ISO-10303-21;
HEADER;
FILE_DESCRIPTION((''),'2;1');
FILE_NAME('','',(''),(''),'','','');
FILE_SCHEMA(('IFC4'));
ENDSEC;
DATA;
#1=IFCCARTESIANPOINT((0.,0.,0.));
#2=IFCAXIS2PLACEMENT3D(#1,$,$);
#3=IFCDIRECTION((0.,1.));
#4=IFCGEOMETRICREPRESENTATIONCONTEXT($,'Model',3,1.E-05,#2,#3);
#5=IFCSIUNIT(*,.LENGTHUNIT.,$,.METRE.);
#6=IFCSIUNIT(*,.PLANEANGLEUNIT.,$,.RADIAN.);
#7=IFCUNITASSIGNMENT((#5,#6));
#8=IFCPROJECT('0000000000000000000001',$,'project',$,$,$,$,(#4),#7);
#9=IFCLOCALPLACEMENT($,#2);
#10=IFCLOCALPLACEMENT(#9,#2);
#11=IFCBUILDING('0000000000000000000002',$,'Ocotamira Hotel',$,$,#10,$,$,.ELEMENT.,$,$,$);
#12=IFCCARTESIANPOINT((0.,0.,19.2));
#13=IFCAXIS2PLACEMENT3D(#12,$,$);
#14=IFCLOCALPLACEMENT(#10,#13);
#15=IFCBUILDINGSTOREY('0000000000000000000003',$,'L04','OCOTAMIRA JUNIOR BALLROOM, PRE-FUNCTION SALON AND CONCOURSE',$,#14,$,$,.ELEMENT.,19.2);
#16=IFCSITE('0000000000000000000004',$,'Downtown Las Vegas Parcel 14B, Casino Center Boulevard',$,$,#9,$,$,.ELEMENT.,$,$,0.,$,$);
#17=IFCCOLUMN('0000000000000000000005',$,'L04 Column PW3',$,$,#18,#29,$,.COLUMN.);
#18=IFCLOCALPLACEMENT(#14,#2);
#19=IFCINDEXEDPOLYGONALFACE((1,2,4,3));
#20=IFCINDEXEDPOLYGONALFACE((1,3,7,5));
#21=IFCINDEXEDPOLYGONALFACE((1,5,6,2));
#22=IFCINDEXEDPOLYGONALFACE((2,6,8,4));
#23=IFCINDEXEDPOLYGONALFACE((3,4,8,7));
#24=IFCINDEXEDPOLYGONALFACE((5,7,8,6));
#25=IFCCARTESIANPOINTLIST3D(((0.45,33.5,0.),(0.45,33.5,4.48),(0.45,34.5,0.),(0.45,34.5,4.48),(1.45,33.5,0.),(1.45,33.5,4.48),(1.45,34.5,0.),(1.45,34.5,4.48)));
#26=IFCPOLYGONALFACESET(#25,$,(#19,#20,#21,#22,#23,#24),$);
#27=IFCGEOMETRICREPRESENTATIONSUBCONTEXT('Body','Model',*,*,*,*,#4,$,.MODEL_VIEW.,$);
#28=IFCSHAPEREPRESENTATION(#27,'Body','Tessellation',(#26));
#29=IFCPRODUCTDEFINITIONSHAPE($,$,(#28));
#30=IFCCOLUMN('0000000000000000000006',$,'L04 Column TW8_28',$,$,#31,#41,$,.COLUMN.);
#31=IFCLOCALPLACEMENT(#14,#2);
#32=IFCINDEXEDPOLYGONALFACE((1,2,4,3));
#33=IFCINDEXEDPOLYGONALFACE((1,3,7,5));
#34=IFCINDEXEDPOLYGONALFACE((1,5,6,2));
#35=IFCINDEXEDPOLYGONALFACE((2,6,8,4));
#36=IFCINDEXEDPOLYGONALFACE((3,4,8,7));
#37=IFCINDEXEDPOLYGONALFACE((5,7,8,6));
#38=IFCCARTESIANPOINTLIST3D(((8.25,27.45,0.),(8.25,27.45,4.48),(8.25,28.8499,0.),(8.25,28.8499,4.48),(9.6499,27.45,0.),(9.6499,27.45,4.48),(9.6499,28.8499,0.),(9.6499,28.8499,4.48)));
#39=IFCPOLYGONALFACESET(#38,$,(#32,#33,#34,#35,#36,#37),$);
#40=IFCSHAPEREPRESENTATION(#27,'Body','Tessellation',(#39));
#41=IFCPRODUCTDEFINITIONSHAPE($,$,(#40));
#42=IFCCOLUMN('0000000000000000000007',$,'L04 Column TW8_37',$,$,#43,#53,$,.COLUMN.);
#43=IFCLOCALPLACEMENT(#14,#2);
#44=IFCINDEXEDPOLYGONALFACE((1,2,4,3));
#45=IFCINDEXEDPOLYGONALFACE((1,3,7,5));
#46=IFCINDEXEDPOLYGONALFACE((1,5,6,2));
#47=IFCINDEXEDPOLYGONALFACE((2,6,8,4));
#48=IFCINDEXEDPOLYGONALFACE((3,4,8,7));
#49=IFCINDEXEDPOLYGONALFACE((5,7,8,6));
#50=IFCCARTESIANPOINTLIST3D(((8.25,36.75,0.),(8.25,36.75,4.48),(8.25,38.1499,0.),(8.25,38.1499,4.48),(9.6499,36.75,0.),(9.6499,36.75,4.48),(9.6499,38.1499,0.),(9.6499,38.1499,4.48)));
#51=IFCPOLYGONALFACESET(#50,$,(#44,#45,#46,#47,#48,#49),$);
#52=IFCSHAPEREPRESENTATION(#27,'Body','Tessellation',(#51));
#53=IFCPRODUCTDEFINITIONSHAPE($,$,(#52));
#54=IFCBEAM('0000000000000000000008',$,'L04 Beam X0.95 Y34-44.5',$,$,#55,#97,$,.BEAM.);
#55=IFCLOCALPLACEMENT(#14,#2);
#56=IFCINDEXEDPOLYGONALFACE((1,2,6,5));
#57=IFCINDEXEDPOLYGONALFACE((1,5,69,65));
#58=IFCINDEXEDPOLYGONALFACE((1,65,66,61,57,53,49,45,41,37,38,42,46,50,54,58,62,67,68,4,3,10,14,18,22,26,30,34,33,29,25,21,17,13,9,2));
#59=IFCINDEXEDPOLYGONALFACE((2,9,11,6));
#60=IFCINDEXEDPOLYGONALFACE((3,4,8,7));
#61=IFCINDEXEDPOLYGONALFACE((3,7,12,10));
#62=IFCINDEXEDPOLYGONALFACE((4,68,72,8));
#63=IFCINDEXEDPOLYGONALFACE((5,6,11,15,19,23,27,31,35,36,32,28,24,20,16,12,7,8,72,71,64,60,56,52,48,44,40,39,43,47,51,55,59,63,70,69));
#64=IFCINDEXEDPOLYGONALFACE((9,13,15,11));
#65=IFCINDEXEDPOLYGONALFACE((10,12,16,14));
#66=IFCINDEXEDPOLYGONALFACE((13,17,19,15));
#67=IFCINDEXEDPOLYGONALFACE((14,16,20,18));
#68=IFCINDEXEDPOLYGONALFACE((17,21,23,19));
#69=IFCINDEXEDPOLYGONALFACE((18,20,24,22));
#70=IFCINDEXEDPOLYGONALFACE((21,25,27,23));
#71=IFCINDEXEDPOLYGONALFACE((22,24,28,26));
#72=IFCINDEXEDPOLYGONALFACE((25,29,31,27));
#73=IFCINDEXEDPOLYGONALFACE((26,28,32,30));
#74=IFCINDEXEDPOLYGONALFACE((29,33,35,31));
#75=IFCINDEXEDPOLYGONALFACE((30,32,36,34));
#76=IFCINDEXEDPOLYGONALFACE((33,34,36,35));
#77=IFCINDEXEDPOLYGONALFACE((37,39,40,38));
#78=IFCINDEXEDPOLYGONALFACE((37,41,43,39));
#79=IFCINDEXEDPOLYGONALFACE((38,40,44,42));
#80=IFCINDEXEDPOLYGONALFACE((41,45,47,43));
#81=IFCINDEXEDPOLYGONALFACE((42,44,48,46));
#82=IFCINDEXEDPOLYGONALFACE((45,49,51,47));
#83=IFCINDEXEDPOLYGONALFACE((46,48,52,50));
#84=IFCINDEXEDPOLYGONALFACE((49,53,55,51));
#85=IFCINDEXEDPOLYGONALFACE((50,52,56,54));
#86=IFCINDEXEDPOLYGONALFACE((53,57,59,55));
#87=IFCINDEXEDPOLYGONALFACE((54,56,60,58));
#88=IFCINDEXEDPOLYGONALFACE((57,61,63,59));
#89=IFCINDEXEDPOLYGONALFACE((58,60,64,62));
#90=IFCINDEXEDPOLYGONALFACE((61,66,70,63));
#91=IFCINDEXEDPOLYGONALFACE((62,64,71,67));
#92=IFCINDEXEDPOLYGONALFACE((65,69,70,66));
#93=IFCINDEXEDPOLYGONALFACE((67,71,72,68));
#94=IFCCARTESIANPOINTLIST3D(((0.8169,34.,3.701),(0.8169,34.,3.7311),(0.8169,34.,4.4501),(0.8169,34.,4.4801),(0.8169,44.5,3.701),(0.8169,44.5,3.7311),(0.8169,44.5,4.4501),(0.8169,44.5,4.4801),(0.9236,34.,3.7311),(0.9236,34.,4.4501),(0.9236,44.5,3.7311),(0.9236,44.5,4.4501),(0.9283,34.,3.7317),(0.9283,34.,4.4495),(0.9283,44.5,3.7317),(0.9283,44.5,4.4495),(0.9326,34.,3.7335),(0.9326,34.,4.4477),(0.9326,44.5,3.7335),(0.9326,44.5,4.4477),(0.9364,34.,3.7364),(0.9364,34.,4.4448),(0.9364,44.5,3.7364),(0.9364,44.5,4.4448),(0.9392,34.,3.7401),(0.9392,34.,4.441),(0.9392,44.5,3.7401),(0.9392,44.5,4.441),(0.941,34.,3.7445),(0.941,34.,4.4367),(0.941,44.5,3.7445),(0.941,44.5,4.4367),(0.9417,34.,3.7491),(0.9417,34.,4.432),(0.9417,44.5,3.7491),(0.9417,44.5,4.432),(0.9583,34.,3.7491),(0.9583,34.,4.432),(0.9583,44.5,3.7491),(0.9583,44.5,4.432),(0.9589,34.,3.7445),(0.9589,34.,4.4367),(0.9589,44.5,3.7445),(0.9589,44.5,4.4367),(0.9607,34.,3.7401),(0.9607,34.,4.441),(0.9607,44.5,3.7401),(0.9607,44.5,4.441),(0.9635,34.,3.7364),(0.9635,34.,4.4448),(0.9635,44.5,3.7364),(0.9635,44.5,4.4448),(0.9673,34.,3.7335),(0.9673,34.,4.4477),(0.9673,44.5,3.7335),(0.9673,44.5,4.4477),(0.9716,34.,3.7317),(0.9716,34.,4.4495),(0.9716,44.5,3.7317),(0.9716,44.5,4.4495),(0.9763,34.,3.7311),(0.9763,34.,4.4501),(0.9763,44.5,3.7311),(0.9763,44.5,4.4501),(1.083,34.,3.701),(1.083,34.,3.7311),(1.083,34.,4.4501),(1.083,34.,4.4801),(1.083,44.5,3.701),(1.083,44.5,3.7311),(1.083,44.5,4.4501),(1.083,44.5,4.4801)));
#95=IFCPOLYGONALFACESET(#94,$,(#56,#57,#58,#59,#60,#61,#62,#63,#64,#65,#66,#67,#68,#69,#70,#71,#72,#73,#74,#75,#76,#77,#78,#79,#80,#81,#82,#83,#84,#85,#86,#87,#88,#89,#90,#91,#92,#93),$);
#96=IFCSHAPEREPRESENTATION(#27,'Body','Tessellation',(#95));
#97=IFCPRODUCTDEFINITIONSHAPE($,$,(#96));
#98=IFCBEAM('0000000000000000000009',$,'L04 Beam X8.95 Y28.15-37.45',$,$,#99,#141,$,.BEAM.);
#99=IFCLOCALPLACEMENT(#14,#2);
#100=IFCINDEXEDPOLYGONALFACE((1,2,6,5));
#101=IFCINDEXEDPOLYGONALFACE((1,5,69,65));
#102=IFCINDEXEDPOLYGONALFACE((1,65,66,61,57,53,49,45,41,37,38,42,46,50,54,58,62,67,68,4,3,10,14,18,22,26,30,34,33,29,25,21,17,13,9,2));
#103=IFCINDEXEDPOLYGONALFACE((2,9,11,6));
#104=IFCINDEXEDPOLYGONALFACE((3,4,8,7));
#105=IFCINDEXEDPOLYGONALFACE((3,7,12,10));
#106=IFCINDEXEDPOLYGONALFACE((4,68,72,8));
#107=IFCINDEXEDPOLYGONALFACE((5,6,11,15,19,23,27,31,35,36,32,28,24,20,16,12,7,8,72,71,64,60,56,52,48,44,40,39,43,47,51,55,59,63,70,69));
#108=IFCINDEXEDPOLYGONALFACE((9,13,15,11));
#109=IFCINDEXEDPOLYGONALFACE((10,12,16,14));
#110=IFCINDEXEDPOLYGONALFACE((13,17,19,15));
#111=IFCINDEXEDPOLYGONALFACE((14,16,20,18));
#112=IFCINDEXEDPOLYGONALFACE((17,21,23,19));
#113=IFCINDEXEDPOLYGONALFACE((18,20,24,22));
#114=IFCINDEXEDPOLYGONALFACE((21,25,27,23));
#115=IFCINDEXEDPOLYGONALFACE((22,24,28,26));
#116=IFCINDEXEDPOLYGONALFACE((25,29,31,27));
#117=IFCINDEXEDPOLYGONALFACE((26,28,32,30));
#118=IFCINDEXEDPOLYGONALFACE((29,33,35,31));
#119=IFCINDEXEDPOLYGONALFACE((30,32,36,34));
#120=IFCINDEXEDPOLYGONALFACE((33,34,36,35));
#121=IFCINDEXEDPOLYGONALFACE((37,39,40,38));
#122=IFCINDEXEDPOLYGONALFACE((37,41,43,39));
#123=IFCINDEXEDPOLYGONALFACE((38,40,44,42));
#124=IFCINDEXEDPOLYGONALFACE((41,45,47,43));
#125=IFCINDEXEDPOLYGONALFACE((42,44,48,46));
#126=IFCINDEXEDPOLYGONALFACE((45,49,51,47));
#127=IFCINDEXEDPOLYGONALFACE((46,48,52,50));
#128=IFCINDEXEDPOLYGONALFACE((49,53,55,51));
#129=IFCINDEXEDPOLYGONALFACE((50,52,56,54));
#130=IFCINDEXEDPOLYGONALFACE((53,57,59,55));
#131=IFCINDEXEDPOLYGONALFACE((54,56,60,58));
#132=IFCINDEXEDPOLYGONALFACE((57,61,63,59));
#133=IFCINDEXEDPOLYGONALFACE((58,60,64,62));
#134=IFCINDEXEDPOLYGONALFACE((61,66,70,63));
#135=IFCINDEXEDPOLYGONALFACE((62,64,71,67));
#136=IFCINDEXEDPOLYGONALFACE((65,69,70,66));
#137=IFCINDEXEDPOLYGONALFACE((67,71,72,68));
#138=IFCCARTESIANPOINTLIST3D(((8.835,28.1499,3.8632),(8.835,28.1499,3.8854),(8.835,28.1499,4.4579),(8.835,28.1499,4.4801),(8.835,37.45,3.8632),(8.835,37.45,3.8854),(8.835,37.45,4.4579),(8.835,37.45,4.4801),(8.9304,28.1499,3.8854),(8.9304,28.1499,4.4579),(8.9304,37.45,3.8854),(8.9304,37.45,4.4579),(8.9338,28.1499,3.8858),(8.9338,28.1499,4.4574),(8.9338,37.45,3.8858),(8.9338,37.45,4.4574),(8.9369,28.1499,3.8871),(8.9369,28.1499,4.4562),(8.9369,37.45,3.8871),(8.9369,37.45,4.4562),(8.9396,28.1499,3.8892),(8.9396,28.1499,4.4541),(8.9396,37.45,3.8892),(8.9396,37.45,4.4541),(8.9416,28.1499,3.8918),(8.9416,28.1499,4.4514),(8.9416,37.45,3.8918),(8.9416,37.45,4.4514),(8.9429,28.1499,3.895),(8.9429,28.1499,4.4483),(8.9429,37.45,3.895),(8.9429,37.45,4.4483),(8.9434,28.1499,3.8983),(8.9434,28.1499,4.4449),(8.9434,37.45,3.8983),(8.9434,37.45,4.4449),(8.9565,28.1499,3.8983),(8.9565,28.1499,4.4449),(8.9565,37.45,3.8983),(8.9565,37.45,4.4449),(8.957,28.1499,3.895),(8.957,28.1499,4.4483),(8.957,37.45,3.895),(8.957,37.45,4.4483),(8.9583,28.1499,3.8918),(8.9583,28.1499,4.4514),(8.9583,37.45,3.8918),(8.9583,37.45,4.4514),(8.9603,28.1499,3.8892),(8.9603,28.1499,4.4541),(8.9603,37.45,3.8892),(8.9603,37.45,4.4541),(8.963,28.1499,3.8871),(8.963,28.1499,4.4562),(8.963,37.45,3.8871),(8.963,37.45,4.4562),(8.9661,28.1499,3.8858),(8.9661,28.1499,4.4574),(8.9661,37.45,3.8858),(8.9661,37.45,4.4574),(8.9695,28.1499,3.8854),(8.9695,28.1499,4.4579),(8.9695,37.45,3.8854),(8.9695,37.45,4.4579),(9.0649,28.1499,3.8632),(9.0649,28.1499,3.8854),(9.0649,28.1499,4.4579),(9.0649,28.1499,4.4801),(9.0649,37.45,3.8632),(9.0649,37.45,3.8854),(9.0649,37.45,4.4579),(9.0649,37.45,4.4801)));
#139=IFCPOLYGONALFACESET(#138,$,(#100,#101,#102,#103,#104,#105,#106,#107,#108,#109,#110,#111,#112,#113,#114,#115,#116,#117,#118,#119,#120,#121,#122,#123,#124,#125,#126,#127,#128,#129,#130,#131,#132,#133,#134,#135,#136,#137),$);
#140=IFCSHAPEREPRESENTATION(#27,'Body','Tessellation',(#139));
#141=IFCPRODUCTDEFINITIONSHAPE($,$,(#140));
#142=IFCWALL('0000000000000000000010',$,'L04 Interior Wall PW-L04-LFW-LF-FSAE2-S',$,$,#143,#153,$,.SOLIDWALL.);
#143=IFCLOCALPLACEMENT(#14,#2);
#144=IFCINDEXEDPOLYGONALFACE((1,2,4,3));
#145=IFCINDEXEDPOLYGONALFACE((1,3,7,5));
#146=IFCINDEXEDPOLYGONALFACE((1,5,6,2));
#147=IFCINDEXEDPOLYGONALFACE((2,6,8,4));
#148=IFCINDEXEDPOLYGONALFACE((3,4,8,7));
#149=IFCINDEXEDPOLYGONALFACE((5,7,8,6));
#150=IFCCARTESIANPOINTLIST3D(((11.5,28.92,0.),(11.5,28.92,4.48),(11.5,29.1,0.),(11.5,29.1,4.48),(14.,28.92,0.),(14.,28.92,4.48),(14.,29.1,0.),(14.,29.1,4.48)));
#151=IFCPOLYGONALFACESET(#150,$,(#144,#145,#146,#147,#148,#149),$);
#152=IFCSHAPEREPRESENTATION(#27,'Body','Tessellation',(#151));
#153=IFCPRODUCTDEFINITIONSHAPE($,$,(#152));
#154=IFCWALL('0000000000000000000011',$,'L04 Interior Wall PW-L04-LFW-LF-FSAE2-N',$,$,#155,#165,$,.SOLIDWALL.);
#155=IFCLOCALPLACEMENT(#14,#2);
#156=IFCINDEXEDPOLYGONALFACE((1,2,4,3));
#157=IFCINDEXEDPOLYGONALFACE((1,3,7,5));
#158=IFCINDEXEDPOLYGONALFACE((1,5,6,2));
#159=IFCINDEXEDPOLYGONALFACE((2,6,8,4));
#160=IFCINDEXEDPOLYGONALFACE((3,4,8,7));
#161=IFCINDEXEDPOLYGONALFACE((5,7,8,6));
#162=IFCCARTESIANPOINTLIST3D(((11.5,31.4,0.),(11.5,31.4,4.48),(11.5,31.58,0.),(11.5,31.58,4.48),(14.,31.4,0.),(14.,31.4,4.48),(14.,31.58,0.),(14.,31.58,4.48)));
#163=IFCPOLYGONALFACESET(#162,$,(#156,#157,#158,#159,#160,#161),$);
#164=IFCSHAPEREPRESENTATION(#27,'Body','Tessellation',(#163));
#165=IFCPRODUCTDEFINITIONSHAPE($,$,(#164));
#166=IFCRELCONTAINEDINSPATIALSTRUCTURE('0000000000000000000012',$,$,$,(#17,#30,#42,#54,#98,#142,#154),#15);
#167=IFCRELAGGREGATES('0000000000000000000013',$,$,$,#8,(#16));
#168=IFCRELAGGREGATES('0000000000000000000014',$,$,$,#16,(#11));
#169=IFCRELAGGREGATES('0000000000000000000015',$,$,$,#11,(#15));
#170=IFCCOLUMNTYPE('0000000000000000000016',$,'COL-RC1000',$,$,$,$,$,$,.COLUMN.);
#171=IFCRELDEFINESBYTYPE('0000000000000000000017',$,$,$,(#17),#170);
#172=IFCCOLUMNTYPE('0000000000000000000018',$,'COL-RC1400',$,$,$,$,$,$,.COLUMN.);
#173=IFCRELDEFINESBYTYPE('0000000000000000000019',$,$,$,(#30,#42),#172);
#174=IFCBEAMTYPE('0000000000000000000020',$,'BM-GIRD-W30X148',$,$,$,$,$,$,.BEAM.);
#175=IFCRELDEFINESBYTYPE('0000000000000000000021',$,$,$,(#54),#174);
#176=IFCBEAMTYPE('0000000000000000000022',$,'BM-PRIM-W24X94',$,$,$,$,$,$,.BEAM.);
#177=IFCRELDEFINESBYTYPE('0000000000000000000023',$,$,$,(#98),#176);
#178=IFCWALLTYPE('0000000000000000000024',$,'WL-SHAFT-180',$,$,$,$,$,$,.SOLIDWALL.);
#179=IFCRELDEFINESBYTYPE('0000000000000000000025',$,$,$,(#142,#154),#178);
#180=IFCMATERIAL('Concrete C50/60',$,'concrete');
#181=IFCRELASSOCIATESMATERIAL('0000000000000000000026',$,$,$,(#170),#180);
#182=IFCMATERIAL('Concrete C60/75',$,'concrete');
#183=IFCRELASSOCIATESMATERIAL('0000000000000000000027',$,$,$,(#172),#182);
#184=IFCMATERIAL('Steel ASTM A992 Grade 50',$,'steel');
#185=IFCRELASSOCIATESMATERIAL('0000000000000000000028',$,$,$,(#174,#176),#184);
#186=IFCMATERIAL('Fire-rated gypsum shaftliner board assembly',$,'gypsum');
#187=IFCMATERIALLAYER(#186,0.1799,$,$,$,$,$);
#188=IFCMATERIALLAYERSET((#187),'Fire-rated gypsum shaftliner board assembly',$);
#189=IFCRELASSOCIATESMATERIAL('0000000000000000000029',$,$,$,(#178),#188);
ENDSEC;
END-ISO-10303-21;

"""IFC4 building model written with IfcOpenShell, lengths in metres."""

from ifc_helpers import new_model, si_unit, direction, frame, frame_2d, origin, origin_2d, place, context, subcontext, project, spatial, rectangle, i_section, extrude, source, transform, mapped, material, layer, layer_set, material_profile, profile_set, type_object, element, save


model = new_model("IFC4")

# Units and contexts
model_context = context("Model", 3, precision=1e-05, world=origin(), true_north=direction((0.0, 1.0)))
body_context = subcontext(model_context, "Body", "Model", "MODEL_VIEW")
ifc_project = project(units=[si_unit("LENGTHUNIT", "METRE"), si_unit("PLANEANGLEUNIT", "RADIAN")], contexts=[model_context])

# Site, building, storey
site_placement = place(None, origin())
site = spatial("IfcSite", under=ifc_project, at=site_placement, Name="Downtown Las Vegas Parcel 14B, Casino Center Boulevard", CompositionType="ELEMENT", RefElevation=0.0)
building_placement = place(site_placement, origin())
building = spatial("IfcBuilding", under=site, at=building_placement, Name="Ocotamira Hotel", CompositionType="ELEMENT")
storey_placement = place(building_placement, frame((0.0, 0.0, 19.2)))
storey = spatial("IfcBuildingStorey", under=building, at=storey_placement, Name="L04", Description="OCOTAMIRA JUNIOR BALLROOM, PRE-FUNCTION SALON AND CONCOURSE", CompositionType="ELEMENT", Elevation=19.2)

# Columns
ifc_material_1 = material(Name="Concrete C50/60", Category="concrete")
ifc_material_profile_1 = material_profile(ifc_material_1, rectangle(XDim=1.0, YDim=1.0, at=origin_2d()), Name="RC1000X1000")
ifc_profile_set_1 = profile_set([ifc_material_profile_1], Name="Concrete C50/60")
column_type_1 = type_object("IfcColumnType", Name="COL-RC1000", PredefinedType="COLUMN", material=ifc_profile_set_1)
shared_shape_1 = source(origin(), body_context, "Body", "SweptSolid", [
    extrude(rectangle(XDim=1.0, YDim=1.0, at=origin_2d()), origin(), (0.0, 0.0, 1.0), 4.48),
])
column_placement = place(storey_placement, frame((0.95, 34.0, 0.0), z_axis=(0.0, 0.0, 1.0), x_axis=(1.0, 0.0, 0.0)))
element("IfcColumn", 1, at=column_placement, inside=storey, type_object=column_type_1, Name="L04 Column PW3", PredefinedType="COLUMN", context=body_context, shape_type="MappedRepresentation", body=[
    mapped(shared_shape_1, transform((0.0, 0.0, 0.0), scale=1.0)),
])
ifc_material_2 = material(Name="Concrete C60/75", Category="concrete")
ifc_material_profile_2 = material_profile(ifc_material_2, rectangle(XDim=1.3999, YDim=1.3999, at=origin_2d()), Name="RC1400X1400")
ifc_profile_set_2 = profile_set([ifc_material_profile_2], Name="Concrete C60/75")
column_type_2 = type_object("IfcColumnType", Name="COL-RC1400", PredefinedType="COLUMN", material=ifc_profile_set_2)
shared_shape_2 = source(origin(), body_context, "Body", "SweptSolid", [
    extrude(rectangle(XDim=1.3999, YDim=1.3999, at=origin_2d()), origin(), (0.0, 0.0, 1.0), 4.48),
])
for number, where, z_axis, x_axis, name in (
    (2, (8.95, 28.1499, 0.0), (0.0, 0.0, 1.0), (1.0, 0.0, 0.0), "L04 Column TW8_28"),
    (3, (8.95, 37.45, 0.0), (0.0, 0.0, 1.0), (1.0, 0.0, 0.0), "L04 Column TW8_37"),
):
    element("IfcColumn", number, at=place(storey_placement, frame(where, z_axis=z_axis, x_axis=x_axis)), inside=storey, type_object=column_type_2, Name=name, PredefinedType="COLUMN", context=body_context, shape_type="MappedRepresentation", body=[
        mapped(shared_shape_2, transform((0.0, 0.0, 0.0), scale=1.0)),
    ])

# Beams
ifc_material_3 = material(Name="Steel ASTM A992 Grade 50", Category="steel")
ifc_material_profile_3 = material_profile(ifc_material_3, i_section(OverallWidth=0.2661, OverallDepth=0.7791, WebThickness=0.0166, FlangeThickness=0.03, FilletRadius=0.0181, at=origin_2d()), Name="W30X148")
ifc_profile_set_3 = profile_set([ifc_material_profile_3], Name="Steel ASTM A992 Grade 50")
beam_type_1 = type_object("IfcBeamType", Name="BM-GIRD-W30X148", PredefinedType="BEAM", material=ifc_profile_set_3)
shared_shape_3 = source(origin(), body_context, "Body", "SweptSolid", [
    extrude(i_section(OverallWidth=0.2661, OverallDepth=0.7791, WebThickness=0.0166, FlangeThickness=0.03, FilletRadius=0.0181, at=origin_2d()), origin(), (0.0, 0.0, 1.0), 10.5),
])
beam_1_placement = place(storey_placement, frame((0.95, 34.0, 4.0906), z_axis=(0.0, 1.0, 0.0), x_axis=(-1.0, 0.0, 0.0)))
element("IfcBeam", 4, at=beam_1_placement, inside=storey, type_object=beam_type_1, Name="L04 Beam X0.95 Y34-44.5", PredefinedType="BEAM", context=body_context, shape_type="MappedRepresentation", body=[
    mapped(shared_shape_3, transform((0.0, 0.0, 0.0), scale=1.0)),
])
ifc_material_profile_4 = material_profile(ifc_material_3, i_section(OverallWidth=0.23, OverallDepth=0.6169, WebThickness=0.0132, FlangeThickness=0.0222, FilletRadius=0.0129, at=origin_2d()), Name="W24X94")
ifc_profile_set_4 = profile_set([ifc_material_profile_4], Name="Steel ASTM A992 Grade 50")
beam_type_2 = type_object("IfcBeamType", Name="BM-PRIM-W24X94", PredefinedType="BEAM", material=ifc_profile_set_4)
shared_shape_4 = source(origin(), body_context, "Body", "SweptSolid", [
    extrude(i_section(OverallWidth=0.23, OverallDepth=0.6169, WebThickness=0.0132, FlangeThickness=0.0222, FilletRadius=0.0129, at=origin_2d()), origin(), (0.0, 0.0, 1.0), 9.3),
])
beam_2_placement = place(storey_placement, frame((8.95, 28.1499, 4.1716), z_axis=(0.0, 1.0, 0.0), x_axis=(-1.0, 0.0, 0.0)))
element("IfcBeam", 5, at=beam_2_placement, inside=storey, type_object=beam_type_2, Name="L04 Beam X8.95 Y28.15-37.45", PredefinedType="BEAM", context=body_context, shape_type="MappedRepresentation", body=[
    mapped(shared_shape_4, transform((0.0, 0.0, 0.0), scale=1.0)),
])

# Walls
ifc_material_4 = material(Name="Fire-rated gypsum shaftliner board assembly", Category="gypsum")
ifc_layer_1 = layer(ifc_material_4, 0.1799)
ifc_layer_set_1 = layer_set([ifc_layer_1], Name="Fire-rated gypsum shaftliner board assembly")
wall_type_1 = type_object("IfcWallType", Name="WL-SHAFT-180", PredefinedType="SOLIDWALL", material=ifc_layer_set_1)
for number, where, z_axis, x_axis, name in (
    (6, (11.5, 29.01, 0.0), (0.0, 0.0, 1.0), (1.0, 0.0, 0.0), "L04 Interior Wall PW-L04-LFW-LF-FSAE2-S"),
    (7, (11.5, 31.49, 0.0), (0.0, 0.0, 1.0), (1.0, 0.0, 0.0), "L04 Interior Wall PW-L04-LFW-LF-FSAE2-N"),
):
    element("IfcWall", number, at=place(storey_placement, frame(where, z_axis=z_axis, x_axis=x_axis)), inside=storey, type_object=wall_type_1, Name=name, PredefinedType="SOLIDWALL", context=body_context, shape_type="SweptSolid", body=[
        extrude(rectangle(XDim=2.5, YDim=0.1799, at=frame_2d((1.25, 0.0))), origin(), (0.0, 0.0, 1.0), 4.48),
    ])

save(model, "model.ifc")
